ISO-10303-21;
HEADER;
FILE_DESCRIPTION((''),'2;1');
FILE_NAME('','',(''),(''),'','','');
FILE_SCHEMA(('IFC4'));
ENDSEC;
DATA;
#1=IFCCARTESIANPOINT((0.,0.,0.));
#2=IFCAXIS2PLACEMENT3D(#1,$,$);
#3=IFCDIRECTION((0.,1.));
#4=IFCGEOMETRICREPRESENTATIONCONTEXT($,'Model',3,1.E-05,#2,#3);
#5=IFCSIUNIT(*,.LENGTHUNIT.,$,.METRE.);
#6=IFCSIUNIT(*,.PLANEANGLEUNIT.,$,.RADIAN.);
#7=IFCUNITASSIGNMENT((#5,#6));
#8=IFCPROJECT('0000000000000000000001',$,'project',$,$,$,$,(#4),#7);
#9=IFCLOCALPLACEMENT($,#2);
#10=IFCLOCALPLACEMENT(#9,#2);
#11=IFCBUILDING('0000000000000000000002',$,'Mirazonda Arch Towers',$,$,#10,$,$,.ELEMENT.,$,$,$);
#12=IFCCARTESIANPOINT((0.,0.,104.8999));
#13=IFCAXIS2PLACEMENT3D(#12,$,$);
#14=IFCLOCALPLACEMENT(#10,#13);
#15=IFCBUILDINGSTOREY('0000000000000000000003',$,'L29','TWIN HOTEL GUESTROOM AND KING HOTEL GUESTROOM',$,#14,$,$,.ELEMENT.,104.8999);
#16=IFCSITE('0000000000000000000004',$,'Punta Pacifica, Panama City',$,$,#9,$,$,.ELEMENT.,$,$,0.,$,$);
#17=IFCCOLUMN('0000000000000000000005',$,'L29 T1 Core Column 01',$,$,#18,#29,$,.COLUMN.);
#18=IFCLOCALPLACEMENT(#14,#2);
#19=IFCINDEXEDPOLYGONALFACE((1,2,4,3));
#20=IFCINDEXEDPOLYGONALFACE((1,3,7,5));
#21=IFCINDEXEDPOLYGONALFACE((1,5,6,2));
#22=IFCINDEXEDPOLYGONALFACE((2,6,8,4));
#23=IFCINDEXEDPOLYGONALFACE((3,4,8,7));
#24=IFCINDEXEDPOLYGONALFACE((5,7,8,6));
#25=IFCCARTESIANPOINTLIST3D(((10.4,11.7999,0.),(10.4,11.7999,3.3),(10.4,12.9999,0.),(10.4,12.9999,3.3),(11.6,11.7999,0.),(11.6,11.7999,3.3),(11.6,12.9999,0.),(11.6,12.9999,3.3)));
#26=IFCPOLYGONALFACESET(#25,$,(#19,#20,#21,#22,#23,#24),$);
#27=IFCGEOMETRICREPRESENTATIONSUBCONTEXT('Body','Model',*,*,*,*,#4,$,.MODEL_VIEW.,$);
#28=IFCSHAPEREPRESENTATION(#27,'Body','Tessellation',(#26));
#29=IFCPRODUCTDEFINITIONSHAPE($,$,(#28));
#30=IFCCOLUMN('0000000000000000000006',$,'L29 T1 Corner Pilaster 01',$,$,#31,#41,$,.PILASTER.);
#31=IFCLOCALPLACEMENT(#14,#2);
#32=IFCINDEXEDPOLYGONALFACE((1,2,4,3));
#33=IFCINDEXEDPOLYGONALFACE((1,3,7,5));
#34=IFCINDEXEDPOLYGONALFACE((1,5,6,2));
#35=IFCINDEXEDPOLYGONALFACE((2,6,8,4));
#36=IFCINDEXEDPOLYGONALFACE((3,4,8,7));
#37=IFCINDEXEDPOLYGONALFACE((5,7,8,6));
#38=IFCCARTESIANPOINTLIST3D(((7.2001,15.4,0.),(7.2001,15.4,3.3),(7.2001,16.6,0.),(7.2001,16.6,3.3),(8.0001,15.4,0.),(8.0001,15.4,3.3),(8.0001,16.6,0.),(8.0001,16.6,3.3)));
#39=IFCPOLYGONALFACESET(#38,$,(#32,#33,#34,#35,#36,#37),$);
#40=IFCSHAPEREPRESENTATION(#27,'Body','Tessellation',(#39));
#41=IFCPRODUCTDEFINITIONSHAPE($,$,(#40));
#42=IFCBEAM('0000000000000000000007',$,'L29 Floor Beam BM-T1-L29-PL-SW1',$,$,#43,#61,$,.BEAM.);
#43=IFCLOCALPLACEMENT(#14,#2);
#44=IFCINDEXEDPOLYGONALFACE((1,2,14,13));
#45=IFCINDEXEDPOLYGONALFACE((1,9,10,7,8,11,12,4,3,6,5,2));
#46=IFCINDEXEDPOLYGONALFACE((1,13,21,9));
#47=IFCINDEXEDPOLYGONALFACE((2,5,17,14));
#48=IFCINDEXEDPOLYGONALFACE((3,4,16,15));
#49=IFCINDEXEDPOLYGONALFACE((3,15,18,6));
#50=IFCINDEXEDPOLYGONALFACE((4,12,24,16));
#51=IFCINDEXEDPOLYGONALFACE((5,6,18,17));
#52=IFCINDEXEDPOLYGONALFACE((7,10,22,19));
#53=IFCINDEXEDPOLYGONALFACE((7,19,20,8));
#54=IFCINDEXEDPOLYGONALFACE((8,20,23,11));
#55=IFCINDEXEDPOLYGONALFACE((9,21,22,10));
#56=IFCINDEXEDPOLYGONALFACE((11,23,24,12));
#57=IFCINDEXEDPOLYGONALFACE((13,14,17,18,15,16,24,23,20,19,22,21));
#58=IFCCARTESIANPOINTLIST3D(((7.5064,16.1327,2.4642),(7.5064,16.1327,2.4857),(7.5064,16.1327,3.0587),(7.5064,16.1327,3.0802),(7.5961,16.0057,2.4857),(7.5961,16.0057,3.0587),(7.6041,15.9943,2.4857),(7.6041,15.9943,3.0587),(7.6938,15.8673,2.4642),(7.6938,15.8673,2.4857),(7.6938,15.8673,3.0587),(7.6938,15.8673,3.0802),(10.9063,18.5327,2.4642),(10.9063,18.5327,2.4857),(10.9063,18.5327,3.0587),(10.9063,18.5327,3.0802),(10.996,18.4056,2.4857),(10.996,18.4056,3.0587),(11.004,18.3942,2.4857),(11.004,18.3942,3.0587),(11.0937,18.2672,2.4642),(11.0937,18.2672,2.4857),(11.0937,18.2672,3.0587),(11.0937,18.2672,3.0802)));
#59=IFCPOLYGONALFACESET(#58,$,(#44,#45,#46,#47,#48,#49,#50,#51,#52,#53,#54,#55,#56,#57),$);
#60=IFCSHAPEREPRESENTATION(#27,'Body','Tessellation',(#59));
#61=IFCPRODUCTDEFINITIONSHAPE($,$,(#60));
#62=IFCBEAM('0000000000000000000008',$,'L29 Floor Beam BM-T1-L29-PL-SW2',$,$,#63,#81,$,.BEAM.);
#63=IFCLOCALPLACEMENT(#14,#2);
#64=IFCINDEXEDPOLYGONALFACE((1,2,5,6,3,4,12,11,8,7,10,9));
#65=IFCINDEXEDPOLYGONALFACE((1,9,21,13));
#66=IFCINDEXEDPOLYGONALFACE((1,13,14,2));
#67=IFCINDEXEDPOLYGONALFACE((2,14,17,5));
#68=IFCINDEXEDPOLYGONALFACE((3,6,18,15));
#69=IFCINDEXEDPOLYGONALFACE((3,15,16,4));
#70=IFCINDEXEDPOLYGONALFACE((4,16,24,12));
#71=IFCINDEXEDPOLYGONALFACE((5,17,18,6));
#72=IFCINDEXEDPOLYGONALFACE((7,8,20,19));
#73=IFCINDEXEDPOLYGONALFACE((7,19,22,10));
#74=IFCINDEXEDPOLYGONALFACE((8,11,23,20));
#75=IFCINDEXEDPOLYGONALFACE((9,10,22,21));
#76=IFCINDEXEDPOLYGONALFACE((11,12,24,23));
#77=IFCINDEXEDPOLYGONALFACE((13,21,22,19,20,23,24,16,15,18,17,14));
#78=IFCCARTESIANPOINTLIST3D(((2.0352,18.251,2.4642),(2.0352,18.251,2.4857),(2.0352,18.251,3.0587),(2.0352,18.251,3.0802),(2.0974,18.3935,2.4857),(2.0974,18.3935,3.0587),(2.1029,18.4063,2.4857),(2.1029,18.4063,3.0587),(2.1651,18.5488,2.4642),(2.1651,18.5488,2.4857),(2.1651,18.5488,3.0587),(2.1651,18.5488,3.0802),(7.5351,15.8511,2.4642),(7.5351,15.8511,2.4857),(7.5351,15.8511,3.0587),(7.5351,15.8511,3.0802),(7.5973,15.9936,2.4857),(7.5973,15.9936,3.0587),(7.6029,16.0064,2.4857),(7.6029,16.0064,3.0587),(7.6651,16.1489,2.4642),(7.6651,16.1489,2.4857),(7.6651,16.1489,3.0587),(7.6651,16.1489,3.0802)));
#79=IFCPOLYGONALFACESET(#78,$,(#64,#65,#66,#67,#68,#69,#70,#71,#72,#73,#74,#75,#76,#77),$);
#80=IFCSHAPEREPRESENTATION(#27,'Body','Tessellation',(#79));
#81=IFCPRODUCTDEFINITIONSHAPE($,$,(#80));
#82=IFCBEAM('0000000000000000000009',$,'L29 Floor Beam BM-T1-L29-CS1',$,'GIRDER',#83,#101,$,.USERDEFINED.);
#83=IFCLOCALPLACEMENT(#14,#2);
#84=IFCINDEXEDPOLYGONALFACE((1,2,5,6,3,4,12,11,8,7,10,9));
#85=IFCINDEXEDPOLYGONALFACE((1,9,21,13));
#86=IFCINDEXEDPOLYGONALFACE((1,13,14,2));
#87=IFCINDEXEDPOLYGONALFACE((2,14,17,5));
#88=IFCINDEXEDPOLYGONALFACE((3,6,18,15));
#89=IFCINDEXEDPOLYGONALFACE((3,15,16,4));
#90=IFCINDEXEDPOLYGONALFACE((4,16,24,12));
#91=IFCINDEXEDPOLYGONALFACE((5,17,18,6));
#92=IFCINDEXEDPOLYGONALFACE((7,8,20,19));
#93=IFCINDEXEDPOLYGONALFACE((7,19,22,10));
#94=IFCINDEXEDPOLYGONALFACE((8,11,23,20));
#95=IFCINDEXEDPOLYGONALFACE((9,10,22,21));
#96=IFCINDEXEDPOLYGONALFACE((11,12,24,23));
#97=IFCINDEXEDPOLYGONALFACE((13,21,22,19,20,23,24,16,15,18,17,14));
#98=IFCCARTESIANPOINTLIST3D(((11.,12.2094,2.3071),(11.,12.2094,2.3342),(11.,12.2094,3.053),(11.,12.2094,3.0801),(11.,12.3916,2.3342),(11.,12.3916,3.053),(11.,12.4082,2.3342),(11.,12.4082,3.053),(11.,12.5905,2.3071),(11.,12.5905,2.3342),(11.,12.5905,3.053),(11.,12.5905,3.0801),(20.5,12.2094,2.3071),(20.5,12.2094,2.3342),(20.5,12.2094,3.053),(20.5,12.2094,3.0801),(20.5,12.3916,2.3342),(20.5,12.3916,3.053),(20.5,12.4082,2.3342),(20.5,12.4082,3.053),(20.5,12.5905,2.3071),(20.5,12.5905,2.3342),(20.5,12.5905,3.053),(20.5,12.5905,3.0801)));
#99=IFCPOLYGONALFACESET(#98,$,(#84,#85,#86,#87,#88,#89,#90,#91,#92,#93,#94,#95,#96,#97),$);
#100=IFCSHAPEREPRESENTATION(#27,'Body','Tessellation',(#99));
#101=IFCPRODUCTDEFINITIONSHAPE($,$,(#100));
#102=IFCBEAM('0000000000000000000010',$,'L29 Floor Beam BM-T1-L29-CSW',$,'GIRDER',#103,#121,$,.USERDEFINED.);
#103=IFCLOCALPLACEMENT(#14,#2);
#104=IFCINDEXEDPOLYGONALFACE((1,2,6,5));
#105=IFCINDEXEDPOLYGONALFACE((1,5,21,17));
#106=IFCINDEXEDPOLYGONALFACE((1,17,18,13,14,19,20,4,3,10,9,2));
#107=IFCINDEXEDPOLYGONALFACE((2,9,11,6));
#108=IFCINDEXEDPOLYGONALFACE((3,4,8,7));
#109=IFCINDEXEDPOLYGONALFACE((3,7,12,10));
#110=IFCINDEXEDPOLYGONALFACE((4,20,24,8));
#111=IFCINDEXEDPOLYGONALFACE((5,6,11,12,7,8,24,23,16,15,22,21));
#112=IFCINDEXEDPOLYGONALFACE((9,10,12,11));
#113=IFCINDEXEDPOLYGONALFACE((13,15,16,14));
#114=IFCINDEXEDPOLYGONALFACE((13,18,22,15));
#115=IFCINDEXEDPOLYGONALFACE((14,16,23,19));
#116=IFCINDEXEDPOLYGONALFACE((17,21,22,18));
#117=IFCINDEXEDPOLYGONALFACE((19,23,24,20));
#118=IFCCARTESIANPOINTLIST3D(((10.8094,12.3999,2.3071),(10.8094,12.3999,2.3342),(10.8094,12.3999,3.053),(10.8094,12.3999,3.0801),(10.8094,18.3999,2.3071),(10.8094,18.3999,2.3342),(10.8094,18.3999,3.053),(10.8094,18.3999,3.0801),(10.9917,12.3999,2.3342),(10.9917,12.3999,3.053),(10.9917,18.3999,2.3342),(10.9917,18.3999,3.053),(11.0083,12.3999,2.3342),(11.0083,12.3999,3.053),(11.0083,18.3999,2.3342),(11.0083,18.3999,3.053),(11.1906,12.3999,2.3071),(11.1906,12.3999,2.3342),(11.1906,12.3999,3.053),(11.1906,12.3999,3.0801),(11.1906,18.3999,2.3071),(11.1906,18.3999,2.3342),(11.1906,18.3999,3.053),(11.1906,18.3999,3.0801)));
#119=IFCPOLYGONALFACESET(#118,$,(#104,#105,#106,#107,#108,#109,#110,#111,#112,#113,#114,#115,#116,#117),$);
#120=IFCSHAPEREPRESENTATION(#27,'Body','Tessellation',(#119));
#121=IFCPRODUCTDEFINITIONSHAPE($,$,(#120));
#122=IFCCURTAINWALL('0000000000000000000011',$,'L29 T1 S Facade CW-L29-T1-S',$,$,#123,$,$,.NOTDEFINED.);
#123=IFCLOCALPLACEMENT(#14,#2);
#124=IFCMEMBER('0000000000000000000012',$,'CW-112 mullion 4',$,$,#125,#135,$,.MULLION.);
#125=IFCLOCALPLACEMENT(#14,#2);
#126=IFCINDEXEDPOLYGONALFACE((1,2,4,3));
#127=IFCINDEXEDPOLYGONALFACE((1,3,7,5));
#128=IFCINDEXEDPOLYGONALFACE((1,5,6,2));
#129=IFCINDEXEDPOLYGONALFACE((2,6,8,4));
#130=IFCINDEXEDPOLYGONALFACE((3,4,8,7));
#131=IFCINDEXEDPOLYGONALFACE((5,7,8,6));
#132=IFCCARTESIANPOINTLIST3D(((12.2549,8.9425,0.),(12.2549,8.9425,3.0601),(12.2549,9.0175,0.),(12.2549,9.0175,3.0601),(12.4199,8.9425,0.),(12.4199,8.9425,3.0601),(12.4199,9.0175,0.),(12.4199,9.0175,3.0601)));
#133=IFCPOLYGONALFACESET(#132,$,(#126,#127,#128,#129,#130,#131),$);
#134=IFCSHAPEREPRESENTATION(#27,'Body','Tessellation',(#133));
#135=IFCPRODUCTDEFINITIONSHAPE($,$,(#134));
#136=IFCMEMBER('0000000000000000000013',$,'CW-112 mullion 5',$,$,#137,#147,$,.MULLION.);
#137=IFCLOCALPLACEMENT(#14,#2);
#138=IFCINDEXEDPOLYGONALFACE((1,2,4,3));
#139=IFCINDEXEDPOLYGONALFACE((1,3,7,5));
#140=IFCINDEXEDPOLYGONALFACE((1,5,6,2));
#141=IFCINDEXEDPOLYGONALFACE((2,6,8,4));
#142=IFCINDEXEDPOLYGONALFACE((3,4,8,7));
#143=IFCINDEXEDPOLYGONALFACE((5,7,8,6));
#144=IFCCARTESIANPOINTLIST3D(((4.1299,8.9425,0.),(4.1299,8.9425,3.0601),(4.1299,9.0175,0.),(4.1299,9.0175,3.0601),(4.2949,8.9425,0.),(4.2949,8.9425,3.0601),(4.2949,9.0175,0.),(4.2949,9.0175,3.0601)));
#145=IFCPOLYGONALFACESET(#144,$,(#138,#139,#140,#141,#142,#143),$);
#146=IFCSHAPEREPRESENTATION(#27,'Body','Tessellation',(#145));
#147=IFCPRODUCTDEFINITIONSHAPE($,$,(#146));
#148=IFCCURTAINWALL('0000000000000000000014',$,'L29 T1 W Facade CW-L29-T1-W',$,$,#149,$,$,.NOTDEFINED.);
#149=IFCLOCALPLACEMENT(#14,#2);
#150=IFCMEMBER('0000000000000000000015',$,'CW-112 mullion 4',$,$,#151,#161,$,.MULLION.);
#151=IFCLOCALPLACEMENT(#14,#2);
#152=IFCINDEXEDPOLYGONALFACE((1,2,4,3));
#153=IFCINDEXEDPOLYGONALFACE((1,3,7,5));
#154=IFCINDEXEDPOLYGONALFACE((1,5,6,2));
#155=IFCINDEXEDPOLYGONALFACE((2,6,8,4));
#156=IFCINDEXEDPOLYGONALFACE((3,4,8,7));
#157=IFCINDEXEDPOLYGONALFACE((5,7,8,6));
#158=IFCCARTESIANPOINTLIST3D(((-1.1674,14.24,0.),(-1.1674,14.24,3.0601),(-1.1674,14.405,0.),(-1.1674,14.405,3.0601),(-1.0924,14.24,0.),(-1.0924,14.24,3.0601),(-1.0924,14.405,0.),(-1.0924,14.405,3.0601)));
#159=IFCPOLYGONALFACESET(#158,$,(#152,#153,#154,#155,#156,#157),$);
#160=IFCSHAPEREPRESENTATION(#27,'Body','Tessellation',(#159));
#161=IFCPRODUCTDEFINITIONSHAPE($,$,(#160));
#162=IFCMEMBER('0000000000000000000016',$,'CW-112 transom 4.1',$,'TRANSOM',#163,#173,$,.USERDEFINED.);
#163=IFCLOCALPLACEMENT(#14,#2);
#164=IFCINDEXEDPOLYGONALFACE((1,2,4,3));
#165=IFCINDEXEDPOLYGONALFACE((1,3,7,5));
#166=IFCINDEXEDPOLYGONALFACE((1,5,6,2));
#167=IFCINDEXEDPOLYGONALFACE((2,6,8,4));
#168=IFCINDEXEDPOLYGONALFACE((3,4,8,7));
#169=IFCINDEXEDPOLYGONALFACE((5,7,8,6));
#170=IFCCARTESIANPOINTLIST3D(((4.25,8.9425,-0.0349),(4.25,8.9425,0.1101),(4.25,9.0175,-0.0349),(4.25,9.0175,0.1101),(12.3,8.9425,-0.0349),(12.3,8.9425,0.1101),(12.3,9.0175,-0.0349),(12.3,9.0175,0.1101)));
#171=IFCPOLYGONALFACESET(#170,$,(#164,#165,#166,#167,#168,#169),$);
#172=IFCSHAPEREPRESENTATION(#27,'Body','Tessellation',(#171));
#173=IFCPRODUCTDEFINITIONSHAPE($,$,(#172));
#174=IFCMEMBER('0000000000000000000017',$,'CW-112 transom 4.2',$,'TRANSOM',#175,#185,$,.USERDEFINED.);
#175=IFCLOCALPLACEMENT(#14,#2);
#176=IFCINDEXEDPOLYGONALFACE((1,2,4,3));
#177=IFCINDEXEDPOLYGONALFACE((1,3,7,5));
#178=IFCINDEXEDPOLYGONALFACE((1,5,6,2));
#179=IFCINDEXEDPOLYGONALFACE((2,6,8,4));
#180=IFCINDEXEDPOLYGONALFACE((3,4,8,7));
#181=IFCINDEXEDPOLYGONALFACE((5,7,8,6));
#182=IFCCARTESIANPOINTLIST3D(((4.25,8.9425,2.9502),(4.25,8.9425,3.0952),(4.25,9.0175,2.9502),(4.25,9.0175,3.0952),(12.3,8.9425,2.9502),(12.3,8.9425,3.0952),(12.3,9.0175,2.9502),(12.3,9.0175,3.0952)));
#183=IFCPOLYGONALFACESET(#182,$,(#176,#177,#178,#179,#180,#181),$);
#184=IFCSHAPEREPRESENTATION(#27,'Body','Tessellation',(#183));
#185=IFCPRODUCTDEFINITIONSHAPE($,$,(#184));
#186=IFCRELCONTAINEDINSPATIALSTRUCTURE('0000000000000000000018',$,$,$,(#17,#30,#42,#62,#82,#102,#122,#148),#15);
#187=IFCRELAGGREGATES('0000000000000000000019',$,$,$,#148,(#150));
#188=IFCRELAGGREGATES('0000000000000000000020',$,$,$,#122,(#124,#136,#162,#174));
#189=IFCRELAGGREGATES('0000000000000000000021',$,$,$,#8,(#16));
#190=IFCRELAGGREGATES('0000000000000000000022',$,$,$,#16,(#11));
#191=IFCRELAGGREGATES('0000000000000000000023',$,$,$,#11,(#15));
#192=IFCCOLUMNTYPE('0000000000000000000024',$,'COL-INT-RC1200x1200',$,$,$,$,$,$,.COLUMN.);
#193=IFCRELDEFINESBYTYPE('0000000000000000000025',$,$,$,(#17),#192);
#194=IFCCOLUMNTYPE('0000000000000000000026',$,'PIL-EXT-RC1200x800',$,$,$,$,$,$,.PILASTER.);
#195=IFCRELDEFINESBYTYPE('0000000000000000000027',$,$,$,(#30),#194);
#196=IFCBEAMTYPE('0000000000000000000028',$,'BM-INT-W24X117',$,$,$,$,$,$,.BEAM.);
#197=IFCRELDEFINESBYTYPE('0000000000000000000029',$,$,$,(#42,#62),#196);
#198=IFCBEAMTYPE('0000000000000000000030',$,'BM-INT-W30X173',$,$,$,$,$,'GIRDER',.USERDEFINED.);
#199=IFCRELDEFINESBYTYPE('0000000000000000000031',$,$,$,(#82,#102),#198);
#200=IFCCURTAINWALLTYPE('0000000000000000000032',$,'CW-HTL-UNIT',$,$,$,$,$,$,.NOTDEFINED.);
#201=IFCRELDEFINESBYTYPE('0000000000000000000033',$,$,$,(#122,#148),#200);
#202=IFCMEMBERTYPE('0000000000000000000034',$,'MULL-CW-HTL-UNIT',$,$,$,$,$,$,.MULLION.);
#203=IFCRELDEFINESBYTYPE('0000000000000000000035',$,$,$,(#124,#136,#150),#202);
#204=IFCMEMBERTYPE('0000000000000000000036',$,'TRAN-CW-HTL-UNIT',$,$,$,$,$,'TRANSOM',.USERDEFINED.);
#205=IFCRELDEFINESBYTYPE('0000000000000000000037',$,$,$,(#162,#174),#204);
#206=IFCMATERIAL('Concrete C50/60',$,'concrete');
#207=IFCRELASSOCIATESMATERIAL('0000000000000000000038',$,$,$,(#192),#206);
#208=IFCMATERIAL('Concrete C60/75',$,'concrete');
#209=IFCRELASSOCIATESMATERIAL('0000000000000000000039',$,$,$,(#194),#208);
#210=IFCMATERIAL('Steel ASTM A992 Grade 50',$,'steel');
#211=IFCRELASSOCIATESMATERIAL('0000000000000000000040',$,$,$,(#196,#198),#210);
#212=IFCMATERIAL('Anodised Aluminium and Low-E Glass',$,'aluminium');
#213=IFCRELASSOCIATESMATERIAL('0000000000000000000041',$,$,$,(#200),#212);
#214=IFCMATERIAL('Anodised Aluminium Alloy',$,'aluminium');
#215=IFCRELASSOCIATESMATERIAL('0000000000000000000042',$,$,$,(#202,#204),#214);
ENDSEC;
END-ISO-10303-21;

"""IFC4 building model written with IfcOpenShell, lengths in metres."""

from ifc_helpers import new_model, si_unit, direction, frame, origin, origin_2d, place, context, subcontext, project, spatial, rectangle, i_section, extrude, material, material_profile, profile_set, type_object, element, aggregate, save


model = new_model("IFC4")

# Units and contexts
model_context = context("Model", 3, precision=1e-05, world=origin(), true_north=direction((0.0, 1.0)))
body_context = subcontext(model_context, "Body", "Model", "MODEL_VIEW")
ifc_project = project(units=[si_unit("LENGTHUNIT", "METRE"), si_unit("PLANEANGLEUNIT", "RADIAN")], contexts=[model_context])

# Site, building, storey
site_placement = place(None, origin())
site = spatial("IfcSite", under=ifc_project, at=site_placement, Name="Punta Pacifica, Panama City", CompositionType="ELEMENT", RefElevation=0.0)
building_placement = place(site_placement, origin())
building = spatial("IfcBuilding", under=site, at=building_placement, Name="Mirazonda Arch Towers", CompositionType="ELEMENT")
storey_placement = place(building_placement, frame((0.0, 0.0, 104.8999)))
storey = spatial("IfcBuildingStorey", under=building, at=storey_placement, Name="L29", Description="TWIN HOTEL GUESTROOM AND KING HOTEL GUESTROOM", CompositionType="ELEMENT", Elevation=104.8999)

# Columns
ifc_material_1 = material(Name="Concrete C50/60", Category="concrete")
ifc_material_profile_1 = material_profile(ifc_material_1, rectangle(XDim=1.2, YDim=1.2, at=origin_2d()), Name="RC1200x1200")
ifc_profile_set_1 = profile_set([ifc_material_profile_1], Name="Concrete C50/60")
column_type_1 = type_object("IfcColumnType", Name="COL-INT-RC1200x1200", PredefinedType="COLUMN", material=ifc_profile_set_1)
column_1_placement = place(storey_placement, frame((11.0, 12.3999, 0.0), z_axis=(0.0, 0.0, 1.0), x_axis=(1.0, 0.0, 0.0)))
element("IfcColumn", 1, at=column_1_placement, inside=storey, type_object=column_type_1, Name="L29 T1 Core Column 01", PredefinedType="COLUMN", context=body_context, shape_type="SweptSolid", body=[
    extrude(rectangle(XDim=1.2, YDim=1.2, at=origin_2d()), origin(), (0.0, 0.0, 1.0), 3.3),
])
ifc_material_2 = material(Name="Concrete C60/75", Category="concrete")
ifc_material_profile_2 = material_profile(ifc_material_2, rectangle(XDim=0.8, YDim=1.2, at=origin_2d()), Name="RC1200x800")
ifc_profile_set_2 = profile_set([ifc_material_profile_2], Name="Concrete C60/75")
column_type_2 = type_object("IfcColumnType", Name="PIL-EXT-RC1200x800", PredefinedType="PILASTER", material=ifc_profile_set_2)
column_2_placement = place(storey_placement, frame((7.6001, 16.0, 0.0), z_axis=(0.0, 0.0, 1.0), x_axis=(1.0, 0.0, 0.0)))
element("IfcColumn", 2, at=column_2_placement, inside=storey, type_object=column_type_2, Name="L29 T1 Corner Pilaster 01", PredefinedType="PILASTER", context=body_context, shape_type="SweptSolid", body=[
    extrude(rectangle(XDim=0.8, YDim=1.2, at=origin_2d()), origin(), (0.0, 0.0, 1.0), 3.3),
])

# Beams
ifc_material_3 = material(Name="Steel ASTM A992 Grade 50", Category="steel")
ifc_material_profile_3 = material_profile(ifc_material_3, i_section(OverallWidth=0.325, OverallDepth=0.616, WebThickness=0.0139, FlangeThickness=0.0215, at=origin_2d()), Name="W24X117")
ifc_profile_set_3 = profile_set([ifc_material_profile_3], Name="Steel ASTM A992 Grade 50")
beam_type_1 = type_object("IfcBeamType", Name="BM-INT-W24X117", PredefinedType="BEAM", material=ifc_profile_set_3)
beam_1_placement = place(storey_placement, frame((7.6001, 16.0, 2.7722), z_axis=(0.816971, 0.576679, 0.0), x_axis=(-0.576679, 0.816971, 0.0)))
element("IfcBeam", 3, at=beam_1_placement, inside=storey, type_object=beam_type_1, Name="L29 Floor Beam BM-T1-L29-PL-SW1", PredefinedType="BEAM", context=body_context, shape_type="SweptSolid", body=[
    extrude(i_section(OverallWidth=0.325, OverallDepth=0.616, WebThickness=0.0139, FlangeThickness=0.0215, at=origin_2d()), origin(), (0.0, 0.0, 1.0), 4.1616),
])
beam_2_placement = place(storey_placement, frame((7.6001, 16.0, 2.7722), z_axis=(-0.916545, 0.399931, 0.0), x_axis=(-0.399931, -0.916545, 0.0)))
element("IfcBeam", 4, at=beam_2_placement, inside=storey, type_object=beam_type_1, Name="L29 Floor Beam BM-T1-L29-PL-SW2", PredefinedType="BEAM", context=body_context, shape_type="SweptSolid", body=[
    extrude(i_section(OverallWidth=0.325, OverallDepth=0.616, WebThickness=0.0139, FlangeThickness=0.0215, at=origin_2d()), origin(), (0.0, 0.0, 1.0), 6.0007),
])
ifc_material_profile_4 = material_profile(ifc_material_3, i_section(OverallWidth=0.3811, OverallDepth=0.7729, WebThickness=0.0166, FlangeThickness=0.0271, at=origin_2d()), Name="W30X173")
ifc_profile_set_4 = profile_set([ifc_material_profile_4], Name="Steel ASTM A992 Grade 50")
beam_type_2 = type_object("IfcBeamType", Name="BM-INT-W30X173", ElementType="GIRDER", PredefinedType="USERDEFINED", material=ifc_profile_set_4)
beam_3_placement = place(storey_placement, frame((11.0, 12.3999, 2.6936), z_axis=(1.0, 0.0, 0.0), x_axis=(0.0, 1.0, 0.0)))
element("IfcBeam", 5, at=beam_3_placement, inside=storey, type_object=beam_type_2, Name="L29 Floor Beam BM-T1-L29-CS1", ObjectType="GIRDER", PredefinedType="USERDEFINED", context=body_context, shape_type="SweptSolid", body=[
    extrude(i_section(OverallWidth=0.3811, OverallDepth=0.7729, WebThickness=0.0166, FlangeThickness=0.0271, at=origin_2d()), origin(), (0.0, 0.0, 1.0), 9.5),
])
beam_4_placement = place(storey_placement, frame((11.0, 12.3999, 2.6936), z_axis=(0.0, 1.0, 0.0), x_axis=(-1.0, 0.0, 0.0)))
element("IfcBeam", 6, at=beam_4_placement, inside=storey, type_object=beam_type_2, Name="L29 Floor Beam BM-T1-L29-CSW", ObjectType="GIRDER", PredefinedType="USERDEFINED", context=body_context, shape_type="SweptSolid", body=[
    extrude(i_section(OverallWidth=0.3811, OverallDepth=0.7729, WebThickness=0.0166, FlangeThickness=0.0271, at=origin_2d()), origin(), (0.0, 0.0, 1.0), 6.0),
])

# Curtain wall, members
ifc_material_4 = material(Name="Anodised Aluminium and Low-E Glass", Category="aluminium")
curtain_wall_type = type_object("IfcCurtainWallType", Name="CW-HTL-UNIT", PredefinedType="NOTDEFINED", material=ifc_material_4)
curtain_wall_1_placement = place(storey_placement, origin())
curtain_wall_1 = element("IfcCurtainWall", 7, at=curtain_wall_1_placement, inside=storey, type_object=curtain_wall_type, Name="L29 T1 S Facade CW-L29-T1-S", PredefinedType="NOTDEFINED")
ifc_material_5 = material(Name="Anodised Aluminium Alloy", Category="aluminium")
ifc_material_profile_5 = material_profile(ifc_material_5, rectangle(XDim=0.075, YDim=0.165, at=origin_2d()), Name="ALU-MULL-75x165")
ifc_profile_set_5 = profile_set([ifc_material_profile_5], Name="Anodised Aluminium Alloy")
member_type_1 = type_object("IfcMemberType", Name="MULL-CW-HTL-UNIT", PredefinedType="MULLION", material=ifc_profile_set_5)
member_1_placement = place(storey_placement, frame((12.3374, 8.98, 0.0), z_axis=(0.0, 0.0, 1.0), x_axis=(0.0, -1.0, 0.0)))
member_1 = element("IfcMember", 8, at=member_1_placement, type_object=member_type_1, Name="CW-112 mullion 4", PredefinedType="MULLION", context=body_context, shape_type="SweptSolid", body=[
    extrude(rectangle(XDim=0.075, YDim=0.165, at=origin_2d()), origin(), (0.0, 0.0, 1.0), 3.0601),
])
member_2_placement = place(storey_placement, frame((4.2124, 8.98, 0.0), z_axis=(0.0, 0.0, 1.0), x_axis=(0.0, -1.0, 0.0)))
member_2 = element("IfcMember", 9, at=member_2_placement, type_object=member_type_1, Name="CW-112 mullion 5", PredefinedType="MULLION", context=body_context, shape_type="SweptSolid", body=[
    extrude(rectangle(XDim=0.075, YDim=0.165, at=origin_2d()), origin(), (0.0, 0.0, 1.0), 3.0601),
])

# Curtain wall, member
curtain_wall_2_placement = place(storey_placement, origin())
curtain_wall_2 = element("IfcCurtainWall", 10, at=curtain_wall_2_placement, inside=storey, type_object=curtain_wall_type, Name="L29 T1 W Facade CW-L29-T1-W", PredefinedType="NOTDEFINED")
member_3_placement = place(storey_placement, frame((-1.1299, 14.3225, 0.0), z_axis=(0.0, 0.0, 1.0), x_axis=(1.0, 0.0, 0.0)))
member_3 = element("IfcMember", 11, at=member_3_placement, type_object=member_type_1, Name="CW-112 mullion 4", PredefinedType="MULLION", context=body_context, shape_type="SweptSolid", body=[
    extrude(rectangle(XDim=0.075, YDim=0.165, at=origin_2d()), origin(), (0.0, 0.0, 1.0), 3.0601),
])
aggregate(curtain_wall_2, [member_3])

# Members
ifc_material_profile_6 = material_profile(ifc_material_5, rectangle(XDim=0.075, YDim=0.145, at=origin_2d()), Name="ALU-TRAN-75x145")
ifc_profile_set_6 = profile_set([ifc_material_profile_6], Name="Anodised Aluminium Alloy")
member_type_2 = type_object("IfcMemberType", Name="TRAN-CW-HTL-UNIT", ElementType="TRANSOM", PredefinedType="USERDEFINED", material=ifc_profile_set_6)
member_4_placement = place(storey_placement, frame((12.3, 8.98, 0.0376), z_axis=(-1.0, 0.0, 0.0), x_axis=(0.0, -1.0, 0.0)))
member_4 = element("IfcMember", 12, at=member_4_placement, type_object=member_type_2, Name="CW-112 transom 4.1", ObjectType="TRANSOM", PredefinedType="USERDEFINED", context=body_context, shape_type="SweptSolid", body=[
    extrude(rectangle(XDim=0.075, YDim=0.145, at=origin_2d()), origin(), (0.0, 0.0, 1.0), 8.05),
])
member_5_placement = place(storey_placement, frame((12.3, 8.98, 3.0227), z_axis=(-1.0, 0.0, 0.0), x_axis=(0.0, -1.0, 0.0)))
member_5 = element("IfcMember", 13, at=member_5_placement, type_object=member_type_2, Name="CW-112 transom 4.2", ObjectType="TRANSOM", PredefinedType="USERDEFINED", context=body_context, shape_type="SweptSolid", body=[
    extrude(rectangle(XDim=0.075, YDim=0.145, at=origin_2d()), origin(), (0.0, 0.0, 1.0), 8.05),
])

aggregate(curtain_wall_1, [member_1, member_2, member_4, member_5])

save(model, "model.ifc")
